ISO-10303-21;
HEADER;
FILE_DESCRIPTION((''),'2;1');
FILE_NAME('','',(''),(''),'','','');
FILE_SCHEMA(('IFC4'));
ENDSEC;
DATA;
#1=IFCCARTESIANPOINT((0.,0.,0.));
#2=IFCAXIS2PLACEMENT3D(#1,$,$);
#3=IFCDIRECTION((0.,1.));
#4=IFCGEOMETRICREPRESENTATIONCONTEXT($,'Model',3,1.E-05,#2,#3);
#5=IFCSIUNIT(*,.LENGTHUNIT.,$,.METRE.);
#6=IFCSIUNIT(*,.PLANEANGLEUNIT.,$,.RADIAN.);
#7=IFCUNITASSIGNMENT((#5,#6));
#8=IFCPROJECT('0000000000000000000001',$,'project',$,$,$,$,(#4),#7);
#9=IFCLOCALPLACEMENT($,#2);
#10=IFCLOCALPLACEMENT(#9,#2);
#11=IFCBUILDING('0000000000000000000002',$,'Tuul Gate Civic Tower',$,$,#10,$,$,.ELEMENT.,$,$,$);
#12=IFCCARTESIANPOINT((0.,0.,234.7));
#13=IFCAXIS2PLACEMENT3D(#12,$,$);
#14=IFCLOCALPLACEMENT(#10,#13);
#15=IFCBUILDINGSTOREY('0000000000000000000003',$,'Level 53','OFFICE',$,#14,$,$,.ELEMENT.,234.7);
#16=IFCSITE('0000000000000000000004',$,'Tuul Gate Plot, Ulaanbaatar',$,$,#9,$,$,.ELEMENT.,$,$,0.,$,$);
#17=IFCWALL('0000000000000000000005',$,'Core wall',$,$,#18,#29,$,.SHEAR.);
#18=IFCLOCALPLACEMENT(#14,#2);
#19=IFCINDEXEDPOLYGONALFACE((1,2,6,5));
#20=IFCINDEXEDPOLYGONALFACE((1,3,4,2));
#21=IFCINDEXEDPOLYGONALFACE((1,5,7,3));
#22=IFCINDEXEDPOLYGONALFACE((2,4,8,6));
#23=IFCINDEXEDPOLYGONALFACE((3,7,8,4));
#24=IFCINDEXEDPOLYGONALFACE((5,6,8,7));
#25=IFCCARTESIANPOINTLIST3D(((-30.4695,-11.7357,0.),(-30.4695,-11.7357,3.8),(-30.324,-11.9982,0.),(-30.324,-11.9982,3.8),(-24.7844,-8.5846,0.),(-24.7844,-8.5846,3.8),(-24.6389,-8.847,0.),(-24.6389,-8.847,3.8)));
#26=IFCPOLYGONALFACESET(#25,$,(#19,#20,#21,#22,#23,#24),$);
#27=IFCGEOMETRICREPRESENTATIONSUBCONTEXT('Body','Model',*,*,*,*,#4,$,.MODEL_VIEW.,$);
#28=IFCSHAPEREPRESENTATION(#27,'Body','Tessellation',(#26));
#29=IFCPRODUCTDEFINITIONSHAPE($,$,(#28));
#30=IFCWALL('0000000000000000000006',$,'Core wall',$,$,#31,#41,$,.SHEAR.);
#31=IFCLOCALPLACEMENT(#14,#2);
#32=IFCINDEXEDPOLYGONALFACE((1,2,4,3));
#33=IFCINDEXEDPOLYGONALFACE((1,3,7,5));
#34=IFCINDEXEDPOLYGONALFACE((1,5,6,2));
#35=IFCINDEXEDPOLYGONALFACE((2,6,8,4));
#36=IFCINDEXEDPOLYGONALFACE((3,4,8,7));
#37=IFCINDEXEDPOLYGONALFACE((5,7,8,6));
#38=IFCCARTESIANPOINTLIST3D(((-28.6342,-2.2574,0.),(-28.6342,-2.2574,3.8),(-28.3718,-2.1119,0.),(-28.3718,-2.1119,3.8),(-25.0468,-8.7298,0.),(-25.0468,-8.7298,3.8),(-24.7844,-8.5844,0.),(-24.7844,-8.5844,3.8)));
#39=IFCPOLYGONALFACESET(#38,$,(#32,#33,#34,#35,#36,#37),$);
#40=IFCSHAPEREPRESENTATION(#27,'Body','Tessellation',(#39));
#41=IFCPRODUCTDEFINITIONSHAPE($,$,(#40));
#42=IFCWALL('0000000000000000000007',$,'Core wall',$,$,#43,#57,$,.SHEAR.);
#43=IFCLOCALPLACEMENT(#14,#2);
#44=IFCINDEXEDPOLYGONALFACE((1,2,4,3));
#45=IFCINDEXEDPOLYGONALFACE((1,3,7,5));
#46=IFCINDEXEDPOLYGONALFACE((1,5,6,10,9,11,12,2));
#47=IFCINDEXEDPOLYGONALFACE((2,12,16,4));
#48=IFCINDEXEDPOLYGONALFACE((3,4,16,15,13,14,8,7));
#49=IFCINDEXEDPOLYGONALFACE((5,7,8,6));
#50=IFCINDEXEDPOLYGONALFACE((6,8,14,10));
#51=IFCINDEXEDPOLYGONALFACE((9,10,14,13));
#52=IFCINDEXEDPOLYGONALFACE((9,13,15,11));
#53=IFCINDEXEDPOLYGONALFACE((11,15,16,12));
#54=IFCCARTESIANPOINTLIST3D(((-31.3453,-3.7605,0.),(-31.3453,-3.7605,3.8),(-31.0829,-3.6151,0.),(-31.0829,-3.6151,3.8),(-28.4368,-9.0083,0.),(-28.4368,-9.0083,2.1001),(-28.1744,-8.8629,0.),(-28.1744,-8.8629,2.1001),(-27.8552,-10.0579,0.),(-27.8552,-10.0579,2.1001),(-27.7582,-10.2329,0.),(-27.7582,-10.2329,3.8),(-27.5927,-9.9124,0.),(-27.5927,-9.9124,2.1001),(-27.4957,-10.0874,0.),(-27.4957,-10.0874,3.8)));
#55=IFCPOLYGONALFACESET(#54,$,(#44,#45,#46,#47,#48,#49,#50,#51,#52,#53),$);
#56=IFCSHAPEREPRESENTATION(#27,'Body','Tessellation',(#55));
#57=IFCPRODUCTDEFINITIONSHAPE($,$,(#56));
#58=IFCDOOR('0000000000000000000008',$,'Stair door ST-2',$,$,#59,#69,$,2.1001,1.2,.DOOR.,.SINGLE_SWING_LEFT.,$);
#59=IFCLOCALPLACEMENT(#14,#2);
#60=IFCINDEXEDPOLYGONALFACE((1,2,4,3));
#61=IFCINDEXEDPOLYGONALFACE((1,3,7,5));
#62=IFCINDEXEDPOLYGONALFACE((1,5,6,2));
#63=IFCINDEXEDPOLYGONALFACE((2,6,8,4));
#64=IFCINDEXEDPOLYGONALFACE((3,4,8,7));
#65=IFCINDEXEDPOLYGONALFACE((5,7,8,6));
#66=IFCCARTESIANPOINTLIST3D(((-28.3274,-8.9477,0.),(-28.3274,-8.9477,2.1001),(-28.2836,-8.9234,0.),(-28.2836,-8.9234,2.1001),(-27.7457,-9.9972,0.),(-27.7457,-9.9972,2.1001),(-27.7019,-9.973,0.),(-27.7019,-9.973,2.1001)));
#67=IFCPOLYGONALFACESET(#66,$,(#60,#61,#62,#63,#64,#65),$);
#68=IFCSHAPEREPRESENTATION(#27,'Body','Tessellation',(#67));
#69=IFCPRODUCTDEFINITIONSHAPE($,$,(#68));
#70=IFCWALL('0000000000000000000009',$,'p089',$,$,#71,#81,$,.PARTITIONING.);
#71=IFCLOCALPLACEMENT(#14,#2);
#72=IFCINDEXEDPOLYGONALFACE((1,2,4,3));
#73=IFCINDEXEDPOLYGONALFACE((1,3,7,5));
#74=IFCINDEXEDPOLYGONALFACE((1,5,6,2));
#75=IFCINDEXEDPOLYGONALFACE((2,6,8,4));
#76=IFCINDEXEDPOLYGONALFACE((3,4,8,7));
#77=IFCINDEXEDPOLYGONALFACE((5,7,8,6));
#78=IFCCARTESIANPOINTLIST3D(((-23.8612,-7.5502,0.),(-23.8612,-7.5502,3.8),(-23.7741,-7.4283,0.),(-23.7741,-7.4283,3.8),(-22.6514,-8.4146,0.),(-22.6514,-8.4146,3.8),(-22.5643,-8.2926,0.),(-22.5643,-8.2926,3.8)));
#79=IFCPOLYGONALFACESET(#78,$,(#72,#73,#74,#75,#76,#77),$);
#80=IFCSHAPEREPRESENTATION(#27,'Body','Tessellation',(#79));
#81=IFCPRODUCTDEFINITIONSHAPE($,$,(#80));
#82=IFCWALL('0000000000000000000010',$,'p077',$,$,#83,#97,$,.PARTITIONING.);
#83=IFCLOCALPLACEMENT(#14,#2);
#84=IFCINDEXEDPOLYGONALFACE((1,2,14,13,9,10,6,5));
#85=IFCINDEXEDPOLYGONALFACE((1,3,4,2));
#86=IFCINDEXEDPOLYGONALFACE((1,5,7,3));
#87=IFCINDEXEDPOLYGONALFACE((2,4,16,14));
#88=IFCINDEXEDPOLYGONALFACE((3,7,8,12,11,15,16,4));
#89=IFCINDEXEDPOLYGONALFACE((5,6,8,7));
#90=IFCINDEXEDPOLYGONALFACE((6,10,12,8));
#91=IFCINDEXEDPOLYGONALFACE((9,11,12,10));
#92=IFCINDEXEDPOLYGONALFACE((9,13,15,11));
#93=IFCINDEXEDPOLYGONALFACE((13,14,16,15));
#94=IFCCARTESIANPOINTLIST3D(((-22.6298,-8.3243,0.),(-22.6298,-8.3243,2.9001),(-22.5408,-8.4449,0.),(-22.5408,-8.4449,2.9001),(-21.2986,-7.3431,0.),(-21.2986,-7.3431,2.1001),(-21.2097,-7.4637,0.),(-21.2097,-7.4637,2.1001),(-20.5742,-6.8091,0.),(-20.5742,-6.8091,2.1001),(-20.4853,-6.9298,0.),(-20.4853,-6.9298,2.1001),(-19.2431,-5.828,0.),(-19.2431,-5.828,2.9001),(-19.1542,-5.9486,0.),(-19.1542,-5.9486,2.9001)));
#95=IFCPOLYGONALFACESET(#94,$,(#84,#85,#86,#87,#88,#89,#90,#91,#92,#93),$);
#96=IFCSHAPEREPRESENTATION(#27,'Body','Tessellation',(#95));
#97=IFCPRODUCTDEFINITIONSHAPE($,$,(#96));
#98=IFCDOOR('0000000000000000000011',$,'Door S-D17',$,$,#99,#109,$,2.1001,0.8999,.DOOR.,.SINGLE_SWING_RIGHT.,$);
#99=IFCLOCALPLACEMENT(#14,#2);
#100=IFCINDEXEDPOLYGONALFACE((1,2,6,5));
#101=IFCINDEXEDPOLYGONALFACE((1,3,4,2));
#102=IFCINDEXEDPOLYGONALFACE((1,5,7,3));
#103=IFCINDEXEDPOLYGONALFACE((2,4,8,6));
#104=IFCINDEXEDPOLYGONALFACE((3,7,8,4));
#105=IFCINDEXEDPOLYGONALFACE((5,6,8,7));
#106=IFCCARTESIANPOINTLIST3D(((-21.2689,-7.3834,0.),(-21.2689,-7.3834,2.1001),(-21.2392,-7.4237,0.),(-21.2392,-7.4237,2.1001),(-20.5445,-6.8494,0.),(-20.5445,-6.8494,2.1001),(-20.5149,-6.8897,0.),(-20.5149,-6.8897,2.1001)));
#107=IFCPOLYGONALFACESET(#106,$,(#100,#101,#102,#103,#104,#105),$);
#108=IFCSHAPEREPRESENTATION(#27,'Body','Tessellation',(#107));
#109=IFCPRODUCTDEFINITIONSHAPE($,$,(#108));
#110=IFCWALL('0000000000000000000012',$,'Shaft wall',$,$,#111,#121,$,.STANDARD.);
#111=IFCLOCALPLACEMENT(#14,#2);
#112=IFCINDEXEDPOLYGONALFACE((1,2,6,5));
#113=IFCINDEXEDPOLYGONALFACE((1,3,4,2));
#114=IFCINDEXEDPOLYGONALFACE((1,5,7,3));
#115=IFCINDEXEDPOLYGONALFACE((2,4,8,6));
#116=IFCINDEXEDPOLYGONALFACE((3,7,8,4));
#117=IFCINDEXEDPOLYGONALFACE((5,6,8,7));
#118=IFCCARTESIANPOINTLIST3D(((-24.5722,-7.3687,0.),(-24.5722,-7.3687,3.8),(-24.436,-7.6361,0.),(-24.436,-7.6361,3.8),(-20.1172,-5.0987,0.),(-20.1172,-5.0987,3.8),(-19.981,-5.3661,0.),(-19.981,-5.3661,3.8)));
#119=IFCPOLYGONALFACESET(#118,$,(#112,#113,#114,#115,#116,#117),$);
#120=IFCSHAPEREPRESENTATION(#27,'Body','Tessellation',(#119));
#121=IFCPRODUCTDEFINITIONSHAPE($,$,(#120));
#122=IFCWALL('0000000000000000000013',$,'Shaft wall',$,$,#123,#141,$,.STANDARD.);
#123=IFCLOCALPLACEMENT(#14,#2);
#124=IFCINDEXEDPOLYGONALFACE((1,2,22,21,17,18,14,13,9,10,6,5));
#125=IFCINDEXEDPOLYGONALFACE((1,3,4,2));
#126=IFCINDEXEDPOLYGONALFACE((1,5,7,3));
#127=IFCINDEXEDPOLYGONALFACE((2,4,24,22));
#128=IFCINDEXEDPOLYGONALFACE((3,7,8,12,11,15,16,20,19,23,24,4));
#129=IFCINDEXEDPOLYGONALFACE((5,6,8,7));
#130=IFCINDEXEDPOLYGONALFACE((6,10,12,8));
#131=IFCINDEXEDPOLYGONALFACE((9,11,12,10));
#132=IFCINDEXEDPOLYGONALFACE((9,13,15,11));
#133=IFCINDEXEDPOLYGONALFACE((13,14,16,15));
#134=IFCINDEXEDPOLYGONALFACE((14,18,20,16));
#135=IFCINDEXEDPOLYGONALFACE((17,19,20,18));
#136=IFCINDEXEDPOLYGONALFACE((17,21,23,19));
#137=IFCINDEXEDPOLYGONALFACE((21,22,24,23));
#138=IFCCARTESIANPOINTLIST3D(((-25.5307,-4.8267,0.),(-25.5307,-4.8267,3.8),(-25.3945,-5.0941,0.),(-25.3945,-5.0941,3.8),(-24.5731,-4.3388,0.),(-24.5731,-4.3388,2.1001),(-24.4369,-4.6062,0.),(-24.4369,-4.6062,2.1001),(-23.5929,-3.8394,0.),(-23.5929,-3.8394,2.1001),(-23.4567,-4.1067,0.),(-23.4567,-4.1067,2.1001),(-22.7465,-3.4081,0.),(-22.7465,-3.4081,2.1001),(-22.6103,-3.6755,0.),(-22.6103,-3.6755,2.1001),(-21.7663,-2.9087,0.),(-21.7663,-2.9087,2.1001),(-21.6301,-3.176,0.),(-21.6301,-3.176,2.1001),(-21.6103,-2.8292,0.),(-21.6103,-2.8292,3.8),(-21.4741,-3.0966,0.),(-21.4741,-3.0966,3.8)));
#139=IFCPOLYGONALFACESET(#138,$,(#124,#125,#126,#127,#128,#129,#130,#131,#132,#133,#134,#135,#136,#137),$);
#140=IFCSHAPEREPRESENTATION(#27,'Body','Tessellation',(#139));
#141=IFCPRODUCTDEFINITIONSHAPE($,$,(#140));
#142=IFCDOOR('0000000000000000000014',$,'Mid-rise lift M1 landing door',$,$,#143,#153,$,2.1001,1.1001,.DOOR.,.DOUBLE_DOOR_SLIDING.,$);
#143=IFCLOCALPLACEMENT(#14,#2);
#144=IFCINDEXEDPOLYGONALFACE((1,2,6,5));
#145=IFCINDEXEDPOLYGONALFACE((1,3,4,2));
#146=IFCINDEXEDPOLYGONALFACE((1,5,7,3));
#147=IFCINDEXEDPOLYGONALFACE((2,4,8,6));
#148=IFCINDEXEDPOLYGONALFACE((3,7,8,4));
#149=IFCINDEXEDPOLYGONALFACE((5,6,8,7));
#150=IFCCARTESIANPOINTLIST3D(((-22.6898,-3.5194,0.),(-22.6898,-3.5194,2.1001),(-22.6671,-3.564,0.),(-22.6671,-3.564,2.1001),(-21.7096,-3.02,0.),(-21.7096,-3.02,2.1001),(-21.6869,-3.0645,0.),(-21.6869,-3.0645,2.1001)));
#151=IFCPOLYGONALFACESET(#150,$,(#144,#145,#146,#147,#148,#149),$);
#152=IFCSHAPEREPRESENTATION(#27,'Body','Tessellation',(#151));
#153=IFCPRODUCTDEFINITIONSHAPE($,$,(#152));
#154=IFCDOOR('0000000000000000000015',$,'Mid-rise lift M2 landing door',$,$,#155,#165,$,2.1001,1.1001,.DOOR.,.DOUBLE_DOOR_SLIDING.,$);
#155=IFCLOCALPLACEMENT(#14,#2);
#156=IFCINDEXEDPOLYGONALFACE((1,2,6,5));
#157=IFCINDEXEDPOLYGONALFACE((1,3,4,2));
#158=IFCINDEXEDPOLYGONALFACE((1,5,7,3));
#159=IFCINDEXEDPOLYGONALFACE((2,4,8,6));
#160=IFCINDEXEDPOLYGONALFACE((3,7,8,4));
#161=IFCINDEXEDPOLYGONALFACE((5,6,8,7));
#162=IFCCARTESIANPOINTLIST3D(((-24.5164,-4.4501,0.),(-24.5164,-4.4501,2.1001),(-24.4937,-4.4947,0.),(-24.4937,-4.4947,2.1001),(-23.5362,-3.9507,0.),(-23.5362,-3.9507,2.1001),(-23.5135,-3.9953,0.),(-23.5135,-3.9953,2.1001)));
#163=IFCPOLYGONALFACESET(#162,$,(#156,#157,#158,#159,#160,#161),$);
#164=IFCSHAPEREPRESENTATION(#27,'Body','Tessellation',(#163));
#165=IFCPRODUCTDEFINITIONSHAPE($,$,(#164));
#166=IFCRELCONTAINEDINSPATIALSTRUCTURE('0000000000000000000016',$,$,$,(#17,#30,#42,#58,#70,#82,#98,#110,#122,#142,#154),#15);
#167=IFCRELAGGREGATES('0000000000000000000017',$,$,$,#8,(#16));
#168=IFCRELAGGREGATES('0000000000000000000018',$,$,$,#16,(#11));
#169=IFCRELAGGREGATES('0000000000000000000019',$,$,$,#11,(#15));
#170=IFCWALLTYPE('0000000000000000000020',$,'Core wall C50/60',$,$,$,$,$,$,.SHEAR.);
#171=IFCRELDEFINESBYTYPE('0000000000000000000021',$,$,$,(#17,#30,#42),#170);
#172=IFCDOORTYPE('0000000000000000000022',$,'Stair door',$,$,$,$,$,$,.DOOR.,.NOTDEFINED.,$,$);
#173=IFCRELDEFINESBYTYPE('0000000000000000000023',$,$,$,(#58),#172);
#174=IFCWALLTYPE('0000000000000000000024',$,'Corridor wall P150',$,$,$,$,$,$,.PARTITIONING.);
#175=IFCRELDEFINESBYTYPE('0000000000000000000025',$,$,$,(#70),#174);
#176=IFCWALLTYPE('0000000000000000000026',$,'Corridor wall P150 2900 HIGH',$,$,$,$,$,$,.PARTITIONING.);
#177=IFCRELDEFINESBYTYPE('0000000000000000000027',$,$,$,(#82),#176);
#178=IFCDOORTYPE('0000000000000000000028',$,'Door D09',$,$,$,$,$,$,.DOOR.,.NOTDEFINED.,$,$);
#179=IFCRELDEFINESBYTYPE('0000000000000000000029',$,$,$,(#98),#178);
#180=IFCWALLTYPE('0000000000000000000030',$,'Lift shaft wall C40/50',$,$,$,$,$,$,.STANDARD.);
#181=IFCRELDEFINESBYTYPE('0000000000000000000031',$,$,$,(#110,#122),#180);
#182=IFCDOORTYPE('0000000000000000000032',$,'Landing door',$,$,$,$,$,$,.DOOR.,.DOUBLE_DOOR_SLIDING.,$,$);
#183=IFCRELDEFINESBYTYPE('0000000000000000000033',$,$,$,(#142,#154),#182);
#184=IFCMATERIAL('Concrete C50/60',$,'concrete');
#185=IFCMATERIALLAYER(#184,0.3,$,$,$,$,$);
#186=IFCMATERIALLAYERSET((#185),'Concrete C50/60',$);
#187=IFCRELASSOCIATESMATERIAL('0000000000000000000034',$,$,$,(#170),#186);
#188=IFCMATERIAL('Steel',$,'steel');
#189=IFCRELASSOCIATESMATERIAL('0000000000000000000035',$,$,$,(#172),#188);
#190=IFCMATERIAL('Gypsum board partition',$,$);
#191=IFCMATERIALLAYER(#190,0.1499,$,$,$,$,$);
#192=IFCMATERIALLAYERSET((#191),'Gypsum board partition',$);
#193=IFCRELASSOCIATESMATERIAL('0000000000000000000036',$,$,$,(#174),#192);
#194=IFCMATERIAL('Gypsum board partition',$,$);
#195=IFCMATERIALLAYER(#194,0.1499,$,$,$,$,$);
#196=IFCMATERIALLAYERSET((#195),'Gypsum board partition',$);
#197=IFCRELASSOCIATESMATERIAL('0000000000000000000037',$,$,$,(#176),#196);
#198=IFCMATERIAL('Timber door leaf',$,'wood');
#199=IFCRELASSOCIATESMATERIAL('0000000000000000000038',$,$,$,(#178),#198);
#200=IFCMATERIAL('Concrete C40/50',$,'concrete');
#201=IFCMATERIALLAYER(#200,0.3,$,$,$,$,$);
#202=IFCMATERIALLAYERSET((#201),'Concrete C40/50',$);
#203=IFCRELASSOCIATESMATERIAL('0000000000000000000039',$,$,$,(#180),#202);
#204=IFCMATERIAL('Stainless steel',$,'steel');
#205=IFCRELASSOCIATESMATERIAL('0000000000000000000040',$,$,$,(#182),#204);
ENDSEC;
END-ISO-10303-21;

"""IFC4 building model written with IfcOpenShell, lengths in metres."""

from ifc_helpers import new_model, si_unit, direction, frame, frame_2d, origin, place, context, subcontext, project, spatial, rectangle, extrude, material, layer, layer_set, type_object, element, fill, save


model = new_model("IFC4")

# Units and contexts
model_context = context("Model", 3, precision=1e-05, world=origin(), true_north=direction((0.0, 1.0)))
body_context = subcontext(model_context, "Body", "Model", "MODEL_VIEW")
ifc_project = project(units=[si_unit("LENGTHUNIT", "METRE"), si_unit("PLANEANGLEUNIT", "RADIAN")], contexts=[model_context])

# Site, building, storey
site_placement = place(None, origin())
site = spatial("IfcSite", under=ifc_project, at=site_placement, Name="Tuul Gate Plot, Ulaanbaatar", CompositionType="ELEMENT", RefElevation=0.0)
building_placement = place(site_placement, origin())
building = spatial("IfcBuilding", under=site, at=building_placement, Name="Tuul Gate Civic Tower", CompositionType="ELEMENT")
storey_placement = place(building_placement, frame((0.0, 0.0, 234.7)))
storey = spatial("IfcBuildingStorey", under=building, at=storey_placement, Name="Level 53", Description="OFFICE", CompositionType="ELEMENT", Elevation=234.7)

# Walls
ifc_material_1 = material(Name="Concrete C50/60", Category="concrete")
ifc_layer_1 = layer(ifc_material_1, 0.3)
ifc_layer_set_1 = layer_set([ifc_layer_1], Name="Concrete C50/60")
wall_type_1 = type_object("IfcWallType", Name="Core wall C50/60", PredefinedType="SHEAR", material=ifc_layer_set_1)
wall_1_placement = place(storey_placement, frame((-24.7117, -8.7158, 0.0), z_axis=(0.0, 0.0, 1.0), x_axis=(-0.87463, -0.484791, 0.0)))
element("IfcWall", 1, at=wall_1_placement, inside=storey, type_object=wall_type_1, Name="Core wall", PredefinedType="SHEAR", context=body_context, shape_type="SweptSolid", body=[
    extrude(rectangle(XDim=6.5, YDim=0.3, at=frame_2d((3.25, 0.0))), origin(), (0.0, 0.0, 1.0), 3.8),
])
wall_2_placement = place(storey_placement, frame((-24.9155, -8.6572, 0.0), z_axis=(0.0, 0.0, 1.0), x_axis=(-0.484777, 0.874638, 0.0)))
element("IfcWall", 2, at=wall_2_placement, inside=storey, type_object=wall_type_1, Name="Core wall", PredefinedType="SHEAR", context=body_context, shape_type="SweptSolid", body=[
    extrude(rectangle(XDim=7.4001, YDim=0.3, at=frame_2d((3.7002, 0.0))), origin(), (0.0, 0.0, 1.0), 3.8),
])

# Wall, opening, door
wall_3_placement = place(storey_placement, frame((-27.627, -10.1602, 0.0), z_axis=(0.0, 0.0, 1.0), x_axis=(-0.484752, 0.874652, 0.0)))
wall_3 = element("IfcWall", 3, at=wall_3_placement, inside=storey, type_object=wall_type_1, Name="Core wall", PredefinedType="SHEAR", context=body_context, shape_type="SweptSolid", body=[
    extrude(rectangle(XDim=7.3999, YDim=0.3, at=frame_2d((3.7, 0.0))), origin(), (0.0, 0.0, 1.0), 3.8),
])
opening_1_placement = place(wall_3_placement, frame((0.2, 0.0, 0.0)))
opening_1 = element("IfcOpeningElement", 4, at=opening_1_placement, cuts=wall_3, PredefinedType="OPENING", context=body_context, shape_type="SweptSolid", body=[
    extrude(rectangle(XDim=1.2, YDim=2.1001, at=frame_2d((0.6001, 1.05))), frame((0.0, 0.1602, 0.0), z_axis=(0.0, -1.0, 0.0), x_axis=(1.0, 0.0, 0.0)), (0.0, 0.0, 1.0), 0.3201),
])
ifc_material_2 = material(Name="Steel", Category="steel")
door_type_1 = type_object("IfcDoorType", Name="Stair door", OperationType="NOTDEFINED", PredefinedType="DOOR", material=ifc_material_2)
door_1_placement = place(opening_1_placement, origin())
door_1 = element("IfcDoor", 5, at=door_1_placement, inside=storey, type_object=door_type_1, Name="Stair door ST-2", OperationType="SINGLE_SWING_LEFT", OverallHeight=2.1001, OverallWidth=1.2, PredefinedType="DOOR", context=body_context, shape_type="SweptSolid", body=[
    extrude(rectangle(XDim=1.2, YDim=2.1001, at=frame_2d((0.6001, 1.05))), frame((0.0, 0.0249, 0.0), z_axis=(0.0, -1.0, 0.0), x_axis=(1.0, 0.0, 0.0)), (0.0, 0.0, 1.0), 0.05),
])
fill(opening_1, door_1)

# Wall
ifc_material_3 = material(Name="Gypsum board partition")
ifc_layer_2 = layer(ifc_material_3, 0.1499)
ifc_layer_set_2 = layer_set([ifc_layer_2], Name="Gypsum board partition")
wall_type_2 = type_object("IfcWallType", Name="Corridor wall P150", PredefinedType="PARTITIONING", material=ifc_layer_set_2)
wall_4_placement = place(storey_placement, frame((-23.8176, -7.4893, 0.0), z_axis=(0.0, 0.0, 1.0), x_axis=(0.813678, -0.581316, 0.0)))
element("IfcWall", 6, at=wall_4_placement, inside=storey, type_object=wall_type_2, Name="p089", PredefinedType="PARTITIONING", context=body_context, shape_type="SweptSolid", body=[
    extrude(rectangle(XDim=1.4868, YDim=0.1499, at=frame_2d((0.7434, 0.0))), origin(), (0.0, 0.0, 1.0), 3.8),
])

# Wall, opening, door
ifc_material_4 = material(Name="Gypsum board partition")
ifc_layer_3 = layer(ifc_material_4, 0.1499)
ifc_layer_set_3 = layer_set([ifc_layer_3], Name="Gypsum board partition")
wall_type_3 = type_object("IfcWallType", Name="Corridor wall P150 2900 HIGH", PredefinedType="PARTITIONING", material=ifc_layer_set_3)
wall_5_placement = place(storey_placement, frame((-22.5852, -8.3845, 0.0), z_axis=(0.0, 0.0, 1.0), x_axis=(0.804958, 0.593332, 0.0)))
wall_5 = element("IfcWall", 7, at=wall_5_placement, inside=storey, type_object=wall_type_3, Name="p077", PredefinedType="PARTITIONING", context=body_context, shape_type="SweptSolid", body=[
    extrude(rectangle(XDim=4.2073, YDim=0.1499, at=frame_2d((2.1035, 0.0))), origin(), (0.0, 0.0, 1.0), 2.9001),
])
opening_2_placement = place(wall_5_placement, frame((1.6536, 0.0, 0.0)))
opening_2 = element("IfcOpeningElement", 8, at=opening_2_placement, cuts=wall_5, PredefinedType="OPENING", context=body_context, shape_type="SweptSolid", body=[
    extrude(rectangle(XDim=0.8999, YDim=2.1001, at=frame_2d((0.45, 1.05))), frame((0.0, 0.085, 0.0), z_axis=(0.0, -1.0, 0.0), x_axis=(1.0, 0.0, 0.0)), (0.0, 0.0, 1.0), 0.1699),
])
ifc_material_5 = material(Name="Timber door leaf", Category="wood")
door_type_2 = type_object("IfcDoorType", Name="Door D09", OperationType="NOTDEFINED", PredefinedType="DOOR", material=ifc_material_5)
door_2_placement = place(opening_2_placement, origin())
door_2 = element("IfcDoor", 9, at=door_2_placement, inside=storey, type_object=door_type_2, Name="Door S-D17", OperationType="SINGLE_SWING_RIGHT", OverallHeight=2.1001, OverallWidth=0.8999, PredefinedType="DOOR", context=body_context, shape_type="SweptSolid", body=[
    extrude(rectangle(XDim=0.8999, YDim=2.1001, at=frame_2d((0.45, 1.05))), frame((0.0, 0.0249, 0.0), z_axis=(0.0, -1.0, 0.0), x_axis=(1.0, 0.0, 0.0)), (0.0, 0.0, 1.0), 0.05),
])
fill(opening_2, door_2)

# Wall
ifc_material_6 = material(Name="Concrete C40/50", Category="concrete")
ifc_layer_4 = layer(ifc_material_6, 0.3)
ifc_layer_set_4 = layer_set([ifc_layer_4], Name="Concrete C40/50")
wall_type_4 = type_object("IfcWallType", Name="Lift shaft wall C40/50", PredefinedType="STANDARD", material=ifc_layer_set_4)
wall_6_placement = place(storey_placement, frame((-20.0491, -5.2324, 0.0), z_axis=(0.0, 0.0, 1.0), x_axis=(-0.891003, -0.453997, 0.0)))
element("IfcWall", 10, at=wall_6_placement, inside=storey, type_object=wall_type_4, Name="Shaft wall", PredefinedType="STANDARD", context=body_context, shape_type="SweptSolid", body=[
    extrude(rectangle(XDim=5.0, YDim=0.3, at=frame_2d((2.5, 0.0))), origin(), (0.0, 0.0, 1.0), 3.8),
])

# Wall, openings, doors
wall_7_placement = place(storey_placement, frame((-21.5422, -2.9629, 0.0), z_axis=(0.0, 0.0, 1.0), x_axis=(-0.891006, -0.453992, 0.0)))
wall_7 = element("IfcWall", 11, at=wall_7_placement, inside=storey, type_object=wall_type_4, Name="Shaft wall", PredefinedType="STANDARD", context=body_context, shape_type="SweptSolid", body=[
    extrude(rectangle(XDim=4.3999, YDim=0.3, at=frame_2d((2.2, 0.0))), origin(), (0.0, 0.0, 1.0), 3.8),
])
opening_3_placement = place(wall_7_placement, frame((0.175, 0.0, 0.0)))
opening_3 = element("IfcOpeningElement", 12, at=opening_3_placement, cuts=wall_7, PredefinedType="OPENING", context=body_context, shape_type="SweptSolid", body=[
    extrude(rectangle(XDim=1.1001, YDim=2.1001, at=frame_2d((0.55, 1.05))), frame((0.0, 0.1602, 0.0), z_axis=(0.0, -1.0, 0.0), x_axis=(1.0, 0.0, 0.0)), (0.0, 0.0, 1.0), 0.3201),
])
opening_4_placement = place(wall_7_placement, frame((2.2251, 0.0, 0.0)))
opening_4 = element("IfcOpeningElement", 13, at=opening_4_placement, cuts=wall_7, PredefinedType="OPENING", context=body_context, shape_type="SweptSolid", body=[
    extrude(rectangle(XDim=1.1001, YDim=2.1001, at=frame_2d((0.55, 1.05))), frame((0.0, 0.1602, 0.0), z_axis=(0.0, -1.0, 0.0), x_axis=(1.0, 0.0, 0.0)), (0.0, 0.0, 1.0), 0.3201),
])
ifc_material_7 = material(Name="Stainless steel", Category="steel")
door_type_3 = type_object("IfcDoorType", Name="Landing door", OperationType="DOUBLE_DOOR_SLIDING", PredefinedType="DOOR", material=ifc_material_7)
door_3_placement = place(opening_3_placement, origin())
door_3 = element("IfcDoor", 14, at=door_3_placement, inside=storey, type_object=door_type_3, Name="Mid-rise lift M1 landing door", OperationType="DOUBLE_DOOR_SLIDING", OverallHeight=2.1001, OverallWidth=1.1001, PredefinedType="DOOR", context=body_context, shape_type="SweptSolid", body=[
    extrude(rectangle(XDim=1.1001, YDim=2.1001, at=frame_2d((0.55, 1.05))), frame((0.0, 0.0249, 0.0), z_axis=(0.0, -1.0, 0.0), x_axis=(1.0, 0.0, 0.0)), (0.0, 0.0, 1.0), 0.05),
])
fill(opening_3, door_3)
door_4_placement = place(opening_4_placement, origin())
door_4 = element("IfcDoor", 15, at=door_4_placement, inside=storey, type_object=door_type_3, Name="Mid-rise lift M2 landing door", OperationType="DOUBLE_DOOR_SLIDING", OverallHeight=2.1001, OverallWidth=1.1001, PredefinedType="DOOR", context=body_context, shape_type="SweptSolid", body=[
    extrude(rectangle(XDim=1.1001, YDim=2.1001, at=frame_2d((0.55, 1.05))), frame((0.0, 0.0249, 0.0), z_axis=(0.0, -1.0, 0.0), x_axis=(1.0, 0.0, 0.0)), (0.0, 0.0, 1.0), 0.05),
])
fill(opening_4, door_4)

save(model, "model.ifc")
